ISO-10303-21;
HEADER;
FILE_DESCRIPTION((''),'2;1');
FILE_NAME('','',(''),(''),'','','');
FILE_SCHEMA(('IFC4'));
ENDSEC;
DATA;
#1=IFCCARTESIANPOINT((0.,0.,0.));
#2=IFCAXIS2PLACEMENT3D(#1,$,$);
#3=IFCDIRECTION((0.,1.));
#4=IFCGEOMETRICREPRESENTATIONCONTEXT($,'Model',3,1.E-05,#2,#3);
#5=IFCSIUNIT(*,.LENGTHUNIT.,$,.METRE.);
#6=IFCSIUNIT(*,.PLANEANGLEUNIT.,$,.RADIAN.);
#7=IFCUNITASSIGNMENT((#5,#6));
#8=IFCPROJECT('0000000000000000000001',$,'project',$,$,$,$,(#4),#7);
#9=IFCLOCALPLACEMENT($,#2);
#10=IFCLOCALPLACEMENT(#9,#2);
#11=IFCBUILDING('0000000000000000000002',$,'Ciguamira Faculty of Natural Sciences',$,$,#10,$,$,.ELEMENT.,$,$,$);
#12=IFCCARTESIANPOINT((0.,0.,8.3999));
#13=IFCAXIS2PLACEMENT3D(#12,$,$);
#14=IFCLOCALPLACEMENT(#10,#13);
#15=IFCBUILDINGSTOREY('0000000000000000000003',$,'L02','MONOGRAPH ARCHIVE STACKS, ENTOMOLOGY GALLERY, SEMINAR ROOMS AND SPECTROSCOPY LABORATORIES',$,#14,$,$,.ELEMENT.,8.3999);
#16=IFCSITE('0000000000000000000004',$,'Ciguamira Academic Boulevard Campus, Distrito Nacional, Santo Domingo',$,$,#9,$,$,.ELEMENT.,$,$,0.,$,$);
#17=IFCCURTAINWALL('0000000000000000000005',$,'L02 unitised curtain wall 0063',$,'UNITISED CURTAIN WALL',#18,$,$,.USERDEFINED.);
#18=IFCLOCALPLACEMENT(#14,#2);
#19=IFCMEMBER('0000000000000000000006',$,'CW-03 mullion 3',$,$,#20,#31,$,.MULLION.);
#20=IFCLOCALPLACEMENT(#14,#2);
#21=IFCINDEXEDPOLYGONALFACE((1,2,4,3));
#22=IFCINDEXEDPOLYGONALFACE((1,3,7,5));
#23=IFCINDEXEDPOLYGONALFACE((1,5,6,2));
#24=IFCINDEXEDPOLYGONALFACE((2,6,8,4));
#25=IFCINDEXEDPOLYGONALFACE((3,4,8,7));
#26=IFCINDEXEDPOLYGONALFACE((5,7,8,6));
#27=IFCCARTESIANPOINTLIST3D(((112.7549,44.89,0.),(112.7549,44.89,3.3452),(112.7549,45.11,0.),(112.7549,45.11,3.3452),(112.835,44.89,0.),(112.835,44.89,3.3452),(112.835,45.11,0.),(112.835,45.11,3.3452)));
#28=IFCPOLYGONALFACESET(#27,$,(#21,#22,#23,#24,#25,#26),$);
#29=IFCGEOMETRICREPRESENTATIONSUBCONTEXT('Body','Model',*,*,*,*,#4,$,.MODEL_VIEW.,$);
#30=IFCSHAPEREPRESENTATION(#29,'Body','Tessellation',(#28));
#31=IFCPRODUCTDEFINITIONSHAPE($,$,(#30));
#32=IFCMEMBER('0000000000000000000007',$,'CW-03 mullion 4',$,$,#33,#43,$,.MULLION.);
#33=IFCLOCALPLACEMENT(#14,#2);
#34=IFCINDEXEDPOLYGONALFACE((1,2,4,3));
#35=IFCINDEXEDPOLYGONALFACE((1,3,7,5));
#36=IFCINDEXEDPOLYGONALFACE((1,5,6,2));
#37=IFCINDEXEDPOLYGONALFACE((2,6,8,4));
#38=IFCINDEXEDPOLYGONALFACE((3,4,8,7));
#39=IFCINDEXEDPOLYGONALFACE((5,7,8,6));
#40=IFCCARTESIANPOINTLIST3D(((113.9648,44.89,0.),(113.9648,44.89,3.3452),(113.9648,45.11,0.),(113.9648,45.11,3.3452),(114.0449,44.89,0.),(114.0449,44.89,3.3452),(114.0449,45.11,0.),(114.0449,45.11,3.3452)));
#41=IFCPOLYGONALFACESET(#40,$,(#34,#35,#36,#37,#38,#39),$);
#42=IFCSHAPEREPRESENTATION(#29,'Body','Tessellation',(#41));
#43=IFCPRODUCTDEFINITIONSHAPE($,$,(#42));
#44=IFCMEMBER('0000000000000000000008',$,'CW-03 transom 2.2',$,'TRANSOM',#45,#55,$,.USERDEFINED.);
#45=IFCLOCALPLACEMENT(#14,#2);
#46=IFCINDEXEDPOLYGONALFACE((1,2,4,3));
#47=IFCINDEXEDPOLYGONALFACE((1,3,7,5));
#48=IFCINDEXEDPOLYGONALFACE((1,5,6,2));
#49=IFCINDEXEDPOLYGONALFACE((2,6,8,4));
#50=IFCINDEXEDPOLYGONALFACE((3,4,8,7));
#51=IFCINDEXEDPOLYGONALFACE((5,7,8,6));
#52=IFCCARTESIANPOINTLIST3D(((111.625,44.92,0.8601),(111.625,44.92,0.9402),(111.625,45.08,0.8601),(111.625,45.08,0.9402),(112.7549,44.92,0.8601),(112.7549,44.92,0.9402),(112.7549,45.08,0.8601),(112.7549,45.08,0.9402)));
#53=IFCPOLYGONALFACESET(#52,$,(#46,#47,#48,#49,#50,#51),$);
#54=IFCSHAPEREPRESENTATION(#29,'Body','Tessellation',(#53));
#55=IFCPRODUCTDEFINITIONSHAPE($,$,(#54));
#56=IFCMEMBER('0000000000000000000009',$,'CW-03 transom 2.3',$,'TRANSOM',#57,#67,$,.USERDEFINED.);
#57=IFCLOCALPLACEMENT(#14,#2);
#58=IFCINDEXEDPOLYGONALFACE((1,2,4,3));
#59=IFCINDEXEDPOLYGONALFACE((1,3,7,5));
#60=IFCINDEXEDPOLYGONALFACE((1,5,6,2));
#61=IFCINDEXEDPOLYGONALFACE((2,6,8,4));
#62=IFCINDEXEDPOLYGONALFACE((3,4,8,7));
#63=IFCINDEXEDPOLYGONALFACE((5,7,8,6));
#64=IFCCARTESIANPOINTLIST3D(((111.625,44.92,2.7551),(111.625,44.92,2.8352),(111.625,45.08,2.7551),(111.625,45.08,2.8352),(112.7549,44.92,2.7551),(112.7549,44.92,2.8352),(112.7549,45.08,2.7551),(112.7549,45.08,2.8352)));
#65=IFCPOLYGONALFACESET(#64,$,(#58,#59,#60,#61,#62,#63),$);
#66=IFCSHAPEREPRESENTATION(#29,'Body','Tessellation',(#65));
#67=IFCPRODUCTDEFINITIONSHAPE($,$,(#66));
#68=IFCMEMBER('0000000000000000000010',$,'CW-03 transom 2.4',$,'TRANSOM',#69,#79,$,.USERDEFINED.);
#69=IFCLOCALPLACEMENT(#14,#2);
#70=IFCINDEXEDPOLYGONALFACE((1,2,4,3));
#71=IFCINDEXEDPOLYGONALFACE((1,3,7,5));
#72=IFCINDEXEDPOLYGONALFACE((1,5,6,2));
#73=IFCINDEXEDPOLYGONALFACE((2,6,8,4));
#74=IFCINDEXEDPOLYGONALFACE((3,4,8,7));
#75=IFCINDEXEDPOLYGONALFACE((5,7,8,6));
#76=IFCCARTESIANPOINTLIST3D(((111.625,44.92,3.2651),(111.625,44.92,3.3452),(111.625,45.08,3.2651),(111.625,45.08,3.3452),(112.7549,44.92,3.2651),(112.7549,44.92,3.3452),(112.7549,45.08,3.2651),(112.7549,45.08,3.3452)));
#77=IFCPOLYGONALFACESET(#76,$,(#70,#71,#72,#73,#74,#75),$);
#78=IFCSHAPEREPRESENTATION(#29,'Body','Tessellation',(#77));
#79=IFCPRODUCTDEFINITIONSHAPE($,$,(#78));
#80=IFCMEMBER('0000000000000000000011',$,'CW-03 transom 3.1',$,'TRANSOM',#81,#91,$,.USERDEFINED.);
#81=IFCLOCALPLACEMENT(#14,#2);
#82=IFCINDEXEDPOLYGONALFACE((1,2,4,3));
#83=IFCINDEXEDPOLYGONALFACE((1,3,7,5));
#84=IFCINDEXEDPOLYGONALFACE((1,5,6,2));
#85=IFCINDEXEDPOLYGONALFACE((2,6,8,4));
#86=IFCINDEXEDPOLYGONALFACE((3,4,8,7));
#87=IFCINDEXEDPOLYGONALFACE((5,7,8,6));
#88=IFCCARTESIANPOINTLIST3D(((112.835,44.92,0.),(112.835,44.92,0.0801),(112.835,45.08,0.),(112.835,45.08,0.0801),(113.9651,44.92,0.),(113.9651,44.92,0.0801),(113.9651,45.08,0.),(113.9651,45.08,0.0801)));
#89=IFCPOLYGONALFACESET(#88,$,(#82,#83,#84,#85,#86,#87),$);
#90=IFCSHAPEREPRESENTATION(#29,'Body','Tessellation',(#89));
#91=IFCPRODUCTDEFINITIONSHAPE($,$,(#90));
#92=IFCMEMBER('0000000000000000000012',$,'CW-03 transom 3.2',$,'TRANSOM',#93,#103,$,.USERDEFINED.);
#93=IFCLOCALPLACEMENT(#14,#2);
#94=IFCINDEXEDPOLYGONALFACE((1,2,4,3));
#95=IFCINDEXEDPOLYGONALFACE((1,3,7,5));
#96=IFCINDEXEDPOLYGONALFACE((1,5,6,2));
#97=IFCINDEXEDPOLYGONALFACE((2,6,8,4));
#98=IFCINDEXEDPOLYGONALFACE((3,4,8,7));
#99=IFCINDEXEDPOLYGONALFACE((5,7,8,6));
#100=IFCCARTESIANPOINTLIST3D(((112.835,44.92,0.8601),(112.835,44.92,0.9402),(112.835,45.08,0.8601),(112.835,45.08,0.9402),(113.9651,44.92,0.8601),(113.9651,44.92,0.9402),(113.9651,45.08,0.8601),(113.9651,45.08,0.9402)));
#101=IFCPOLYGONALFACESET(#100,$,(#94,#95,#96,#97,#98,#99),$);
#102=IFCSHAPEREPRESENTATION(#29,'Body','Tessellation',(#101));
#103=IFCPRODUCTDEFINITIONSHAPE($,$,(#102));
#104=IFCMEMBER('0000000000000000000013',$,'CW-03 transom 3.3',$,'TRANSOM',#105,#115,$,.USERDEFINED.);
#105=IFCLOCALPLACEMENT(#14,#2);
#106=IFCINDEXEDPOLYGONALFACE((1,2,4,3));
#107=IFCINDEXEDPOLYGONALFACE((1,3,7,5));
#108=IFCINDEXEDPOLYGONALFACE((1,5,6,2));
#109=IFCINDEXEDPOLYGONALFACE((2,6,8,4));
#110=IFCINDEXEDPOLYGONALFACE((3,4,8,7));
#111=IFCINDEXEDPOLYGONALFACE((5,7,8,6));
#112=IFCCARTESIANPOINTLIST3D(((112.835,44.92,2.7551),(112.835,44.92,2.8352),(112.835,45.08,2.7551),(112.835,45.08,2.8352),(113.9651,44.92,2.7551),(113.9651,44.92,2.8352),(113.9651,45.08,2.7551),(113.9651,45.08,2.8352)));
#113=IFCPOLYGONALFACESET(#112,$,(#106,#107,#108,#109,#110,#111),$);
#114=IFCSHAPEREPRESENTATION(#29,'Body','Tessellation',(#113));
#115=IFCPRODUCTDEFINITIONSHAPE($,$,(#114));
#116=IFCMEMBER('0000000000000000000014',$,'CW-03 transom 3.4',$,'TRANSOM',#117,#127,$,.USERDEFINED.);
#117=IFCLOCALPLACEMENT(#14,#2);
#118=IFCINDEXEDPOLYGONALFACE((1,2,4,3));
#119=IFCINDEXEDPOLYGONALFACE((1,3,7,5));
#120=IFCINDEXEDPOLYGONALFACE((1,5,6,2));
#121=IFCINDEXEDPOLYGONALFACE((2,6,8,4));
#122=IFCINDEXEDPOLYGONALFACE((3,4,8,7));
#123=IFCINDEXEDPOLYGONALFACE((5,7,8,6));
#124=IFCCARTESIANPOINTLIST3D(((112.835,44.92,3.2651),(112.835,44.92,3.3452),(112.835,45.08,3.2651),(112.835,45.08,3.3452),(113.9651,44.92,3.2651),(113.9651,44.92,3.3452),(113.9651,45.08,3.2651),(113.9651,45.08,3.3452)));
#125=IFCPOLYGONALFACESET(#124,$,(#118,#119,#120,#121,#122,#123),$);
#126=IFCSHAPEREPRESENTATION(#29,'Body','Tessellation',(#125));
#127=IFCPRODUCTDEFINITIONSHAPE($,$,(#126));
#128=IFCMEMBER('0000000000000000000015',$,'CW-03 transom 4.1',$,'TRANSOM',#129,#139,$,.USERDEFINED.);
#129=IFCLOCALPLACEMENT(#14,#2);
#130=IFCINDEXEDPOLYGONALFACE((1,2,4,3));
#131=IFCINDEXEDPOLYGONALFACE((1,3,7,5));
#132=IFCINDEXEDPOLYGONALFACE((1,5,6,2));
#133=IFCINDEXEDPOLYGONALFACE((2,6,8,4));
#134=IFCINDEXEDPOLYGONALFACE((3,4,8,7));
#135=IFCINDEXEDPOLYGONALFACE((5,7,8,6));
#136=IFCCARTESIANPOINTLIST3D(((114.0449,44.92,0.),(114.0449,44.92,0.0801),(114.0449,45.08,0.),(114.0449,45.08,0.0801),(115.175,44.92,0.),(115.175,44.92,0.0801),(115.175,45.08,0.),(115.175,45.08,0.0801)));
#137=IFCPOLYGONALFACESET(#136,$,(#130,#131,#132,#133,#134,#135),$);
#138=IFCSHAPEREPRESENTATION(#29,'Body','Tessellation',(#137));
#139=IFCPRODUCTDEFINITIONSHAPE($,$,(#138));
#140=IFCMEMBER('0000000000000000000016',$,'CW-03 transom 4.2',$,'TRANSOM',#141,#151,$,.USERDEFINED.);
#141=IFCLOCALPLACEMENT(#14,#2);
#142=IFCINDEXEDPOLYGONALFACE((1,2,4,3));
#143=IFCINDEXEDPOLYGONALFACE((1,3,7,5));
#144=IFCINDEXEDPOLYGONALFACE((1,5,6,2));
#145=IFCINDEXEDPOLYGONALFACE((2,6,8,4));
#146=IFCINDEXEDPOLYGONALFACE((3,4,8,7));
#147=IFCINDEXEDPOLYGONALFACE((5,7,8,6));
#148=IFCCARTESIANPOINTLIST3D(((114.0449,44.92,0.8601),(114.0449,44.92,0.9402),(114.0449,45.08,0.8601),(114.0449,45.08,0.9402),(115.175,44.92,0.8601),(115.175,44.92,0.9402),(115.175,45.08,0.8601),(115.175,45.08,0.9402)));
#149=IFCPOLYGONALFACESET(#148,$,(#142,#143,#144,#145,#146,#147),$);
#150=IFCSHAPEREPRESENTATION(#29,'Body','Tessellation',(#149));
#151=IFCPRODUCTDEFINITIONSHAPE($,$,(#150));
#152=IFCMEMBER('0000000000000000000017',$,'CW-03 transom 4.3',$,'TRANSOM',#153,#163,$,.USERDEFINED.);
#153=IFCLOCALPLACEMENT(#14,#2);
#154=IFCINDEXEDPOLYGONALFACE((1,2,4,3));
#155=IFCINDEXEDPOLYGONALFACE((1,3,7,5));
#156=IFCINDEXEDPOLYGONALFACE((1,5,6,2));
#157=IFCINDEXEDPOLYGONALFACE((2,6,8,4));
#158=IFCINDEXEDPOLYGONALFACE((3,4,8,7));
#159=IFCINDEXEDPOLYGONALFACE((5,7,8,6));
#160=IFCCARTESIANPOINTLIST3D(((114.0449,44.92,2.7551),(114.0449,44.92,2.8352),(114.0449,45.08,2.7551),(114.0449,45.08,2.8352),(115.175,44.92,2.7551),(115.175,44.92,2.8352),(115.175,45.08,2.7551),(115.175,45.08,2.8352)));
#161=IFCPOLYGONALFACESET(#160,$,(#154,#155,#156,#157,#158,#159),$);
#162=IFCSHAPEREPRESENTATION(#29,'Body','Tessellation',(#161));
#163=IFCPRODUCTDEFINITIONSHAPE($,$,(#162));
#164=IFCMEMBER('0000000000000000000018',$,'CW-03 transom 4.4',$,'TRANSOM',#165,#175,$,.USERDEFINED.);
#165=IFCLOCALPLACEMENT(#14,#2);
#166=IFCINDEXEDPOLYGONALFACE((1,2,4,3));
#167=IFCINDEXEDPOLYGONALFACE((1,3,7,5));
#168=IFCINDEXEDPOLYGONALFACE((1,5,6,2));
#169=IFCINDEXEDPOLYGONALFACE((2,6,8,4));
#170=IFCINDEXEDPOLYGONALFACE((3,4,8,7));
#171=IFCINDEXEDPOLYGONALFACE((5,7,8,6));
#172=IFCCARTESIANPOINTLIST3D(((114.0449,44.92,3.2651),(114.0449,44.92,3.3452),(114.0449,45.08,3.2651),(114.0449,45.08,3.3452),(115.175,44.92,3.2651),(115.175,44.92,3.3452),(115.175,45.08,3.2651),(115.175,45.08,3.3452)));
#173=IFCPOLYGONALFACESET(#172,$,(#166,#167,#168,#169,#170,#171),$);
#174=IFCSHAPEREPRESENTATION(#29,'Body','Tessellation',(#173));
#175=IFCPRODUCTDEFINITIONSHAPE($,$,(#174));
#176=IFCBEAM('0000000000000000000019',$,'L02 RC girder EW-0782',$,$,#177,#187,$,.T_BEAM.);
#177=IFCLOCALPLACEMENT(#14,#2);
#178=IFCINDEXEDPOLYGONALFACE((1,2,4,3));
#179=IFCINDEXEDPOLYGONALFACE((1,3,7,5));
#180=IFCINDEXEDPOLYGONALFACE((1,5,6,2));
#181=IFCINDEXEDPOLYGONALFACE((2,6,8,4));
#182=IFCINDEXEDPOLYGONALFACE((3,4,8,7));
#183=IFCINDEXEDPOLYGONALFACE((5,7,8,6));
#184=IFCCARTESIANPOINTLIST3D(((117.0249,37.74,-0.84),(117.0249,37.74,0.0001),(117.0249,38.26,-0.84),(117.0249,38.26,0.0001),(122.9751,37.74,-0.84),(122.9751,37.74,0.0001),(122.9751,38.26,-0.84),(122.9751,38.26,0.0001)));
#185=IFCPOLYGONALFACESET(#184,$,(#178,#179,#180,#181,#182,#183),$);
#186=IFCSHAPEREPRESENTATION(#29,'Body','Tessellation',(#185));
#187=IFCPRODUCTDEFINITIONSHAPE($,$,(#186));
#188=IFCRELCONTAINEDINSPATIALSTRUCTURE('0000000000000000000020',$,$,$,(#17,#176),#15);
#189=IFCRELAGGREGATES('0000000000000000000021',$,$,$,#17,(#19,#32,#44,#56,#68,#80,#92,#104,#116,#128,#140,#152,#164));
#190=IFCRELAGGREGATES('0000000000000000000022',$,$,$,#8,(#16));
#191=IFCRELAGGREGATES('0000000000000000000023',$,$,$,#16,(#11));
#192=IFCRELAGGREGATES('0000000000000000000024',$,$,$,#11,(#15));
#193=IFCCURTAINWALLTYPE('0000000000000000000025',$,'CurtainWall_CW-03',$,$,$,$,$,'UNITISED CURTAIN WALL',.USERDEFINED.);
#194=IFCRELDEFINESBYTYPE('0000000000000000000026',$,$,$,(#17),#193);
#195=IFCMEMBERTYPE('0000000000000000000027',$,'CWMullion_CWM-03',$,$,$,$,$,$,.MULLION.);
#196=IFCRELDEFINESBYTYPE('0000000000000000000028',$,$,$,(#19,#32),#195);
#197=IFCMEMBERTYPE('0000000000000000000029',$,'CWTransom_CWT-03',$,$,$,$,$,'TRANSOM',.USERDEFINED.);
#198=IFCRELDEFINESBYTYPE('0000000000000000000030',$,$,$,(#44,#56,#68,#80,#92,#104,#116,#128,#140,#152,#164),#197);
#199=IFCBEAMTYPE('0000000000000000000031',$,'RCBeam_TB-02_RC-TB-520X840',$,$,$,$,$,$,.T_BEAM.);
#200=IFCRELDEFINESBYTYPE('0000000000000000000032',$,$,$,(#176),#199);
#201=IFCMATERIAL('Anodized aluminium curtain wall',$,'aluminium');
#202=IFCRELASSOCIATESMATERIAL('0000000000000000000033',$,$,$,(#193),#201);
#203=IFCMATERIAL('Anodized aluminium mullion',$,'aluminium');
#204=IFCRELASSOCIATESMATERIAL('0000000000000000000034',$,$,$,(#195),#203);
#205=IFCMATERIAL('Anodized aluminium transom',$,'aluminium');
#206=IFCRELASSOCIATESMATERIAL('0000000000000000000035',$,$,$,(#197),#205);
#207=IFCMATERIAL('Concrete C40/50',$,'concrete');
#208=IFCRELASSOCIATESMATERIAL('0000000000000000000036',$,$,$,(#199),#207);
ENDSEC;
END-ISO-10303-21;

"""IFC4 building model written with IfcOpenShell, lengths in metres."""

from ifc_helpers import new_model, si_unit, direction, frame, origin, origin_2d, place, context, subcontext, project, spatial, rectangle, extrude, material, material_profile, profile_set, type_object, element, aggregate, save


model = new_model("IFC4")

# Units and contexts
model_context = context("Model", 3, precision=1e-05, world=origin(), true_north=direction((0.0, 1.0)))
body_context = subcontext(model_context, "Body", "Model", "MODEL_VIEW")
ifc_project = project(units=[si_unit("LENGTHUNIT", "METRE"), si_unit("PLANEANGLEUNIT", "RADIAN")], contexts=[model_context])

# Site, building, storey
site_placement = place(None, origin())
site = spatial("IfcSite", under=ifc_project, at=site_placement, Name="Ciguamira Academic Boulevard Campus, Distrito Nacional, Santo Domingo", CompositionType="ELEMENT", RefElevation=0.0)
building_placement = place(site_placement, origin())
building = spatial("IfcBuilding", under=site, at=building_placement, Name="Ciguamira Faculty of Natural Sciences", CompositionType="ELEMENT")
storey_placement = place(building_placement, frame((0.0, 0.0, 8.3999)))
storey = spatial("IfcBuildingStorey", under=building, at=storey_placement, Name="L02", Description="MONOGRAPH ARCHIVE STACKS, ENTOMOLOGY GALLERY, SEMINAR ROOMS AND SPECTROSCOPY LABORATORIES", CompositionType="ELEMENT", Elevation=8.3999)

# Curtain wall, members
ifc_material_1 = material(Name="Anodized aluminium curtain wall", Category="aluminium")
curtain_wall_type = type_object("IfcCurtainWallType", Name="CurtainWall_CW-03", ElementType="UNITISED CURTAIN WALL", PredefinedType="USERDEFINED", material=ifc_material_1)
curtain_wall_placement = place(storey_placement, origin())
curtain_wall = element("IfcCurtainWall", 1, at=curtain_wall_placement, inside=storey, type_object=curtain_wall_type, Name="L02 unitised curtain wall 0063", ObjectType="UNITISED CURTAIN WALL", PredefinedType="USERDEFINED")
ifc_material_2 = material(Name="Anodized aluminium mullion", Category="aluminium")
ifc_material_profile_1 = material_profile(ifc_material_2, rectangle(XDim=0.0801, YDim=0.22, at=origin_2d()), Name="ALU-MUL-80X220")
ifc_profile_set_1 = profile_set([ifc_material_profile_1], Name="Anodized aluminium mullion")
member_type_1 = type_object("IfcMemberType", Name="CWMullion_CWM-03", PredefinedType="MULLION", material=ifc_profile_set_1)
member_1_placement = place(storey_placement, frame((112.7949, 45.0, 0.0), z_axis=(0.0, 0.0, 1.0), x_axis=(1.0, 0.0, 0.0)))
member_1 = element("IfcMember", 2, at=member_1_placement, type_object=member_type_1, Name="CW-03 mullion 3", PredefinedType="MULLION", context=body_context, shape_type="SweptSolid", body=[
    extrude(rectangle(XDim=0.0801, YDim=0.22, at=origin_2d()), origin(), (0.0, 0.0, 1.0), 3.3452),
])
member_2_placement = place(storey_placement, frame((114.0049, 45.0, 0.0), z_axis=(0.0, 0.0, 1.0), x_axis=(1.0, 0.0, 0.0)))
member_2 = element("IfcMember", 3, at=member_2_placement, type_object=member_type_1, Name="CW-03 mullion 4", PredefinedType="MULLION", context=body_context, shape_type="SweptSolid", body=[
    extrude(rectangle(XDim=0.0801, YDim=0.22, at=origin_2d()), origin(), (0.0, 0.0, 1.0), 3.3452),
])
ifc_material_3 = material(Name="Anodized aluminium transom", Category="aluminium")
ifc_material_profile_2 = material_profile(ifc_material_3, rectangle(XDim=0.0801, YDim=0.1599, at=origin_2d()), Name="ALU-TRN-80X160")
ifc_profile_set_2 = profile_set([ifc_material_profile_2], Name="Anodized aluminium transom")
member_type_2 = type_object("IfcMemberType", Name="CWTransom_CWT-03", ElementType="TRANSOM", PredefinedType="USERDEFINED", material=ifc_profile_set_2)
member_3_placement = place(storey_placement, frame((111.625, 45.0, 0.9001), z_axis=(1.0, 0.0, 0.0), x_axis=(0.0, 0.0, 1.0)))
member_3 = element("IfcMember", 4, at=member_3_placement, type_object=member_type_2, Name="CW-03 transom 2.2", ObjectType="TRANSOM", PredefinedType="USERDEFINED", context=body_context, shape_type="SweptSolid", body=[
    extrude(rectangle(XDim=0.0801, YDim=0.1599, at=origin_2d()), origin(), (0.0, 0.0, 1.0), 1.1299),
])
member_4_placement = place(storey_placement, frame((111.625, 45.0, 2.7952), z_axis=(1.0, 0.0, 0.0), x_axis=(0.0, 0.0, 1.0)))
member_4 = element("IfcMember", 5, at=member_4_placement, type_object=member_type_2, Name="CW-03 transom 2.3", ObjectType="TRANSOM", PredefinedType="USERDEFINED", context=body_context, shape_type="SweptSolid", body=[
    extrude(rectangle(XDim=0.0801, YDim=0.1599, at=origin_2d()), origin(), (0.0, 0.0, 1.0), 1.1299),
])
member_5_placement = place(storey_placement, frame((111.625, 45.0, 3.3052), z_axis=(1.0, 0.0, 0.0), x_axis=(0.0, 0.0, 1.0)))
member_5 = element("IfcMember", 6, at=member_5_placement, type_object=member_type_2, Name="CW-03 transom 2.4", ObjectType="TRANSOM", PredefinedType="USERDEFINED", context=body_context, shape_type="SweptSolid", body=[
    extrude(rectangle(XDim=0.0801, YDim=0.1599, at=origin_2d()), origin(), (0.0, 0.0, 1.0), 1.1299),
])
member_6_placement = place(storey_placement, frame((112.835, 45.0, 0.04), z_axis=(1.0, 0.0, 0.0), x_axis=(0.0, 0.0, 1.0)))
member_6 = element("IfcMember", 7, at=member_6_placement, type_object=member_type_2, Name="CW-03 transom 3.1", ObjectType="TRANSOM", PredefinedType="USERDEFINED", context=body_context, shape_type="SweptSolid", body=[
    extrude(rectangle(XDim=0.0801, YDim=0.1599, at=origin_2d()), origin(), (0.0, 0.0, 1.0), 1.1301),
])
member_7_placement = place(storey_placement, frame((112.835, 45.0, 0.9001), z_axis=(1.0, 0.0, 0.0), x_axis=(0.0, 0.0, 1.0)))
member_7 = element("IfcMember", 8, at=member_7_placement, type_object=member_type_2, Name="CW-03 transom 3.2", ObjectType="TRANSOM", PredefinedType="USERDEFINED", context=body_context, shape_type="SweptSolid", body=[
    extrude(rectangle(XDim=0.0801, YDim=0.1599, at=origin_2d()), origin(), (0.0, 0.0, 1.0), 1.1301),
])
member_8_placement = place(storey_placement, frame((112.835, 45.0, 2.7952), z_axis=(1.0, 0.0, 0.0), x_axis=(0.0, 0.0, 1.0)))
member_8 = element("IfcMember", 9, at=member_8_placement, type_object=member_type_2, Name="CW-03 transom 3.3", ObjectType="TRANSOM", PredefinedType="USERDEFINED", context=body_context, shape_type="SweptSolid", body=[
    extrude(rectangle(XDim=0.0801, YDim=0.1599, at=origin_2d()), origin(), (0.0, 0.0, 1.0), 1.1301),
])
member_9_placement = place(storey_placement, frame((112.835, 45.0, 3.3052), z_axis=(1.0, 0.0, 0.0), x_axis=(0.0, 0.0, 1.0)))
member_9 = element("IfcMember", 10, at=member_9_placement, type_object=member_type_2, Name="CW-03 transom 3.4", ObjectType="TRANSOM", PredefinedType="USERDEFINED", context=body_context, shape_type="SweptSolid", body=[
    extrude(rectangle(XDim=0.0801, YDim=0.1599, at=origin_2d()), origin(), (0.0, 0.0, 1.0), 1.1301),
])
member_10_placement = place(storey_placement, frame((114.0449, 45.0, 0.04), z_axis=(1.0, 0.0, 0.0), x_axis=(0.0, 0.0, 1.0)))
member_10 = element("IfcMember", 11, at=member_10_placement, type_object=member_type_2, Name="CW-03 transom 4.1", ObjectType="TRANSOM", PredefinedType="USERDEFINED", context=body_context, shape_type="SweptSolid", body=[
    extrude(rectangle(XDim=0.0801, YDim=0.1599, at=origin_2d()), origin(), (0.0, 0.0, 1.0), 1.1301),
])
member_11_placement = place(storey_placement, frame((114.0449, 45.0, 0.9001), z_axis=(1.0, 0.0, 0.0), x_axis=(0.0, 0.0, 1.0)))
member_11 = element("IfcMember", 12, at=member_11_placement, type_object=member_type_2, Name="CW-03 transom 4.2", ObjectType="TRANSOM", PredefinedType="USERDEFINED", context=body_context, shape_type="SweptSolid", body=[
    extrude(rectangle(XDim=0.0801, YDim=0.1599, at=origin_2d()), origin(), (0.0, 0.0, 1.0), 1.1301),
])
member_12_placement = place(storey_placement, frame((114.0449, 45.0, 2.7952), z_axis=(1.0, 0.0, 0.0), x_axis=(0.0, 0.0, 1.0)))
member_12 = element("IfcMember", 13, at=member_12_placement, type_object=member_type_2, Name="CW-03 transom 4.3", ObjectType="TRANSOM", PredefinedType="USERDEFINED", context=body_context, shape_type="SweptSolid", body=[
    extrude(rectangle(XDim=0.0801, YDim=0.1599, at=origin_2d()), origin(), (0.0, 0.0, 1.0), 1.1301),
])
member_13_placement = place(storey_placement, frame((114.0449, 45.0, 3.3052), z_axis=(1.0, 0.0, 0.0), x_axis=(0.0, 0.0, 1.0)))
member_13 = element("IfcMember", 14, at=member_13_placement, type_object=member_type_2, Name="CW-03 transom 4.4", ObjectType="TRANSOM", PredefinedType="USERDEFINED", context=body_context, shape_type="SweptSolid", body=[
    extrude(rectangle(XDim=0.0801, YDim=0.1599, at=origin_2d()), origin(), (0.0, 0.0, 1.0), 1.1301),
])

# Beam
ifc_material_4 = material(Name="Concrete C40/50", Category="concrete")
ifc_material_profile_3 = material_profile(ifc_material_4, rectangle(XDim=0.52, YDim=0.8401, at=origin_2d()), Name="RC-TB-520X840")
ifc_profile_set_3 = profile_set([ifc_material_profile_3], Name="Concrete C40/50")
beam_type = type_object("IfcBeamType", Name="RCBeam_TB-02_RC-TB-520X840", PredefinedType="T_BEAM", material=ifc_profile_set_3)
beam_placement = place(storey_placement, frame((117.0249, 38.0, -0.4199), z_axis=(1.0, 0.0, 0.0), x_axis=(0.0, 1.0, 0.0)))
element("IfcBeam", 15, at=beam_placement, inside=storey, type_object=beam_type, Name="L02 RC girder EW-0782", PredefinedType="T_BEAM", context=body_context, shape_type="SweptSolid", body=[
    extrude(rectangle(XDim=0.52, YDim=0.8401, at=origin_2d()), origin(), (0.0, 0.0, 1.0), 5.9502),
])

aggregate(curtain_wall, [member_1, member_2, member_3, member_4, member_5, member_6, member_7, member_8, member_9, member_10, member_11, member_12, member_13])

save(model, "model.ifc")
